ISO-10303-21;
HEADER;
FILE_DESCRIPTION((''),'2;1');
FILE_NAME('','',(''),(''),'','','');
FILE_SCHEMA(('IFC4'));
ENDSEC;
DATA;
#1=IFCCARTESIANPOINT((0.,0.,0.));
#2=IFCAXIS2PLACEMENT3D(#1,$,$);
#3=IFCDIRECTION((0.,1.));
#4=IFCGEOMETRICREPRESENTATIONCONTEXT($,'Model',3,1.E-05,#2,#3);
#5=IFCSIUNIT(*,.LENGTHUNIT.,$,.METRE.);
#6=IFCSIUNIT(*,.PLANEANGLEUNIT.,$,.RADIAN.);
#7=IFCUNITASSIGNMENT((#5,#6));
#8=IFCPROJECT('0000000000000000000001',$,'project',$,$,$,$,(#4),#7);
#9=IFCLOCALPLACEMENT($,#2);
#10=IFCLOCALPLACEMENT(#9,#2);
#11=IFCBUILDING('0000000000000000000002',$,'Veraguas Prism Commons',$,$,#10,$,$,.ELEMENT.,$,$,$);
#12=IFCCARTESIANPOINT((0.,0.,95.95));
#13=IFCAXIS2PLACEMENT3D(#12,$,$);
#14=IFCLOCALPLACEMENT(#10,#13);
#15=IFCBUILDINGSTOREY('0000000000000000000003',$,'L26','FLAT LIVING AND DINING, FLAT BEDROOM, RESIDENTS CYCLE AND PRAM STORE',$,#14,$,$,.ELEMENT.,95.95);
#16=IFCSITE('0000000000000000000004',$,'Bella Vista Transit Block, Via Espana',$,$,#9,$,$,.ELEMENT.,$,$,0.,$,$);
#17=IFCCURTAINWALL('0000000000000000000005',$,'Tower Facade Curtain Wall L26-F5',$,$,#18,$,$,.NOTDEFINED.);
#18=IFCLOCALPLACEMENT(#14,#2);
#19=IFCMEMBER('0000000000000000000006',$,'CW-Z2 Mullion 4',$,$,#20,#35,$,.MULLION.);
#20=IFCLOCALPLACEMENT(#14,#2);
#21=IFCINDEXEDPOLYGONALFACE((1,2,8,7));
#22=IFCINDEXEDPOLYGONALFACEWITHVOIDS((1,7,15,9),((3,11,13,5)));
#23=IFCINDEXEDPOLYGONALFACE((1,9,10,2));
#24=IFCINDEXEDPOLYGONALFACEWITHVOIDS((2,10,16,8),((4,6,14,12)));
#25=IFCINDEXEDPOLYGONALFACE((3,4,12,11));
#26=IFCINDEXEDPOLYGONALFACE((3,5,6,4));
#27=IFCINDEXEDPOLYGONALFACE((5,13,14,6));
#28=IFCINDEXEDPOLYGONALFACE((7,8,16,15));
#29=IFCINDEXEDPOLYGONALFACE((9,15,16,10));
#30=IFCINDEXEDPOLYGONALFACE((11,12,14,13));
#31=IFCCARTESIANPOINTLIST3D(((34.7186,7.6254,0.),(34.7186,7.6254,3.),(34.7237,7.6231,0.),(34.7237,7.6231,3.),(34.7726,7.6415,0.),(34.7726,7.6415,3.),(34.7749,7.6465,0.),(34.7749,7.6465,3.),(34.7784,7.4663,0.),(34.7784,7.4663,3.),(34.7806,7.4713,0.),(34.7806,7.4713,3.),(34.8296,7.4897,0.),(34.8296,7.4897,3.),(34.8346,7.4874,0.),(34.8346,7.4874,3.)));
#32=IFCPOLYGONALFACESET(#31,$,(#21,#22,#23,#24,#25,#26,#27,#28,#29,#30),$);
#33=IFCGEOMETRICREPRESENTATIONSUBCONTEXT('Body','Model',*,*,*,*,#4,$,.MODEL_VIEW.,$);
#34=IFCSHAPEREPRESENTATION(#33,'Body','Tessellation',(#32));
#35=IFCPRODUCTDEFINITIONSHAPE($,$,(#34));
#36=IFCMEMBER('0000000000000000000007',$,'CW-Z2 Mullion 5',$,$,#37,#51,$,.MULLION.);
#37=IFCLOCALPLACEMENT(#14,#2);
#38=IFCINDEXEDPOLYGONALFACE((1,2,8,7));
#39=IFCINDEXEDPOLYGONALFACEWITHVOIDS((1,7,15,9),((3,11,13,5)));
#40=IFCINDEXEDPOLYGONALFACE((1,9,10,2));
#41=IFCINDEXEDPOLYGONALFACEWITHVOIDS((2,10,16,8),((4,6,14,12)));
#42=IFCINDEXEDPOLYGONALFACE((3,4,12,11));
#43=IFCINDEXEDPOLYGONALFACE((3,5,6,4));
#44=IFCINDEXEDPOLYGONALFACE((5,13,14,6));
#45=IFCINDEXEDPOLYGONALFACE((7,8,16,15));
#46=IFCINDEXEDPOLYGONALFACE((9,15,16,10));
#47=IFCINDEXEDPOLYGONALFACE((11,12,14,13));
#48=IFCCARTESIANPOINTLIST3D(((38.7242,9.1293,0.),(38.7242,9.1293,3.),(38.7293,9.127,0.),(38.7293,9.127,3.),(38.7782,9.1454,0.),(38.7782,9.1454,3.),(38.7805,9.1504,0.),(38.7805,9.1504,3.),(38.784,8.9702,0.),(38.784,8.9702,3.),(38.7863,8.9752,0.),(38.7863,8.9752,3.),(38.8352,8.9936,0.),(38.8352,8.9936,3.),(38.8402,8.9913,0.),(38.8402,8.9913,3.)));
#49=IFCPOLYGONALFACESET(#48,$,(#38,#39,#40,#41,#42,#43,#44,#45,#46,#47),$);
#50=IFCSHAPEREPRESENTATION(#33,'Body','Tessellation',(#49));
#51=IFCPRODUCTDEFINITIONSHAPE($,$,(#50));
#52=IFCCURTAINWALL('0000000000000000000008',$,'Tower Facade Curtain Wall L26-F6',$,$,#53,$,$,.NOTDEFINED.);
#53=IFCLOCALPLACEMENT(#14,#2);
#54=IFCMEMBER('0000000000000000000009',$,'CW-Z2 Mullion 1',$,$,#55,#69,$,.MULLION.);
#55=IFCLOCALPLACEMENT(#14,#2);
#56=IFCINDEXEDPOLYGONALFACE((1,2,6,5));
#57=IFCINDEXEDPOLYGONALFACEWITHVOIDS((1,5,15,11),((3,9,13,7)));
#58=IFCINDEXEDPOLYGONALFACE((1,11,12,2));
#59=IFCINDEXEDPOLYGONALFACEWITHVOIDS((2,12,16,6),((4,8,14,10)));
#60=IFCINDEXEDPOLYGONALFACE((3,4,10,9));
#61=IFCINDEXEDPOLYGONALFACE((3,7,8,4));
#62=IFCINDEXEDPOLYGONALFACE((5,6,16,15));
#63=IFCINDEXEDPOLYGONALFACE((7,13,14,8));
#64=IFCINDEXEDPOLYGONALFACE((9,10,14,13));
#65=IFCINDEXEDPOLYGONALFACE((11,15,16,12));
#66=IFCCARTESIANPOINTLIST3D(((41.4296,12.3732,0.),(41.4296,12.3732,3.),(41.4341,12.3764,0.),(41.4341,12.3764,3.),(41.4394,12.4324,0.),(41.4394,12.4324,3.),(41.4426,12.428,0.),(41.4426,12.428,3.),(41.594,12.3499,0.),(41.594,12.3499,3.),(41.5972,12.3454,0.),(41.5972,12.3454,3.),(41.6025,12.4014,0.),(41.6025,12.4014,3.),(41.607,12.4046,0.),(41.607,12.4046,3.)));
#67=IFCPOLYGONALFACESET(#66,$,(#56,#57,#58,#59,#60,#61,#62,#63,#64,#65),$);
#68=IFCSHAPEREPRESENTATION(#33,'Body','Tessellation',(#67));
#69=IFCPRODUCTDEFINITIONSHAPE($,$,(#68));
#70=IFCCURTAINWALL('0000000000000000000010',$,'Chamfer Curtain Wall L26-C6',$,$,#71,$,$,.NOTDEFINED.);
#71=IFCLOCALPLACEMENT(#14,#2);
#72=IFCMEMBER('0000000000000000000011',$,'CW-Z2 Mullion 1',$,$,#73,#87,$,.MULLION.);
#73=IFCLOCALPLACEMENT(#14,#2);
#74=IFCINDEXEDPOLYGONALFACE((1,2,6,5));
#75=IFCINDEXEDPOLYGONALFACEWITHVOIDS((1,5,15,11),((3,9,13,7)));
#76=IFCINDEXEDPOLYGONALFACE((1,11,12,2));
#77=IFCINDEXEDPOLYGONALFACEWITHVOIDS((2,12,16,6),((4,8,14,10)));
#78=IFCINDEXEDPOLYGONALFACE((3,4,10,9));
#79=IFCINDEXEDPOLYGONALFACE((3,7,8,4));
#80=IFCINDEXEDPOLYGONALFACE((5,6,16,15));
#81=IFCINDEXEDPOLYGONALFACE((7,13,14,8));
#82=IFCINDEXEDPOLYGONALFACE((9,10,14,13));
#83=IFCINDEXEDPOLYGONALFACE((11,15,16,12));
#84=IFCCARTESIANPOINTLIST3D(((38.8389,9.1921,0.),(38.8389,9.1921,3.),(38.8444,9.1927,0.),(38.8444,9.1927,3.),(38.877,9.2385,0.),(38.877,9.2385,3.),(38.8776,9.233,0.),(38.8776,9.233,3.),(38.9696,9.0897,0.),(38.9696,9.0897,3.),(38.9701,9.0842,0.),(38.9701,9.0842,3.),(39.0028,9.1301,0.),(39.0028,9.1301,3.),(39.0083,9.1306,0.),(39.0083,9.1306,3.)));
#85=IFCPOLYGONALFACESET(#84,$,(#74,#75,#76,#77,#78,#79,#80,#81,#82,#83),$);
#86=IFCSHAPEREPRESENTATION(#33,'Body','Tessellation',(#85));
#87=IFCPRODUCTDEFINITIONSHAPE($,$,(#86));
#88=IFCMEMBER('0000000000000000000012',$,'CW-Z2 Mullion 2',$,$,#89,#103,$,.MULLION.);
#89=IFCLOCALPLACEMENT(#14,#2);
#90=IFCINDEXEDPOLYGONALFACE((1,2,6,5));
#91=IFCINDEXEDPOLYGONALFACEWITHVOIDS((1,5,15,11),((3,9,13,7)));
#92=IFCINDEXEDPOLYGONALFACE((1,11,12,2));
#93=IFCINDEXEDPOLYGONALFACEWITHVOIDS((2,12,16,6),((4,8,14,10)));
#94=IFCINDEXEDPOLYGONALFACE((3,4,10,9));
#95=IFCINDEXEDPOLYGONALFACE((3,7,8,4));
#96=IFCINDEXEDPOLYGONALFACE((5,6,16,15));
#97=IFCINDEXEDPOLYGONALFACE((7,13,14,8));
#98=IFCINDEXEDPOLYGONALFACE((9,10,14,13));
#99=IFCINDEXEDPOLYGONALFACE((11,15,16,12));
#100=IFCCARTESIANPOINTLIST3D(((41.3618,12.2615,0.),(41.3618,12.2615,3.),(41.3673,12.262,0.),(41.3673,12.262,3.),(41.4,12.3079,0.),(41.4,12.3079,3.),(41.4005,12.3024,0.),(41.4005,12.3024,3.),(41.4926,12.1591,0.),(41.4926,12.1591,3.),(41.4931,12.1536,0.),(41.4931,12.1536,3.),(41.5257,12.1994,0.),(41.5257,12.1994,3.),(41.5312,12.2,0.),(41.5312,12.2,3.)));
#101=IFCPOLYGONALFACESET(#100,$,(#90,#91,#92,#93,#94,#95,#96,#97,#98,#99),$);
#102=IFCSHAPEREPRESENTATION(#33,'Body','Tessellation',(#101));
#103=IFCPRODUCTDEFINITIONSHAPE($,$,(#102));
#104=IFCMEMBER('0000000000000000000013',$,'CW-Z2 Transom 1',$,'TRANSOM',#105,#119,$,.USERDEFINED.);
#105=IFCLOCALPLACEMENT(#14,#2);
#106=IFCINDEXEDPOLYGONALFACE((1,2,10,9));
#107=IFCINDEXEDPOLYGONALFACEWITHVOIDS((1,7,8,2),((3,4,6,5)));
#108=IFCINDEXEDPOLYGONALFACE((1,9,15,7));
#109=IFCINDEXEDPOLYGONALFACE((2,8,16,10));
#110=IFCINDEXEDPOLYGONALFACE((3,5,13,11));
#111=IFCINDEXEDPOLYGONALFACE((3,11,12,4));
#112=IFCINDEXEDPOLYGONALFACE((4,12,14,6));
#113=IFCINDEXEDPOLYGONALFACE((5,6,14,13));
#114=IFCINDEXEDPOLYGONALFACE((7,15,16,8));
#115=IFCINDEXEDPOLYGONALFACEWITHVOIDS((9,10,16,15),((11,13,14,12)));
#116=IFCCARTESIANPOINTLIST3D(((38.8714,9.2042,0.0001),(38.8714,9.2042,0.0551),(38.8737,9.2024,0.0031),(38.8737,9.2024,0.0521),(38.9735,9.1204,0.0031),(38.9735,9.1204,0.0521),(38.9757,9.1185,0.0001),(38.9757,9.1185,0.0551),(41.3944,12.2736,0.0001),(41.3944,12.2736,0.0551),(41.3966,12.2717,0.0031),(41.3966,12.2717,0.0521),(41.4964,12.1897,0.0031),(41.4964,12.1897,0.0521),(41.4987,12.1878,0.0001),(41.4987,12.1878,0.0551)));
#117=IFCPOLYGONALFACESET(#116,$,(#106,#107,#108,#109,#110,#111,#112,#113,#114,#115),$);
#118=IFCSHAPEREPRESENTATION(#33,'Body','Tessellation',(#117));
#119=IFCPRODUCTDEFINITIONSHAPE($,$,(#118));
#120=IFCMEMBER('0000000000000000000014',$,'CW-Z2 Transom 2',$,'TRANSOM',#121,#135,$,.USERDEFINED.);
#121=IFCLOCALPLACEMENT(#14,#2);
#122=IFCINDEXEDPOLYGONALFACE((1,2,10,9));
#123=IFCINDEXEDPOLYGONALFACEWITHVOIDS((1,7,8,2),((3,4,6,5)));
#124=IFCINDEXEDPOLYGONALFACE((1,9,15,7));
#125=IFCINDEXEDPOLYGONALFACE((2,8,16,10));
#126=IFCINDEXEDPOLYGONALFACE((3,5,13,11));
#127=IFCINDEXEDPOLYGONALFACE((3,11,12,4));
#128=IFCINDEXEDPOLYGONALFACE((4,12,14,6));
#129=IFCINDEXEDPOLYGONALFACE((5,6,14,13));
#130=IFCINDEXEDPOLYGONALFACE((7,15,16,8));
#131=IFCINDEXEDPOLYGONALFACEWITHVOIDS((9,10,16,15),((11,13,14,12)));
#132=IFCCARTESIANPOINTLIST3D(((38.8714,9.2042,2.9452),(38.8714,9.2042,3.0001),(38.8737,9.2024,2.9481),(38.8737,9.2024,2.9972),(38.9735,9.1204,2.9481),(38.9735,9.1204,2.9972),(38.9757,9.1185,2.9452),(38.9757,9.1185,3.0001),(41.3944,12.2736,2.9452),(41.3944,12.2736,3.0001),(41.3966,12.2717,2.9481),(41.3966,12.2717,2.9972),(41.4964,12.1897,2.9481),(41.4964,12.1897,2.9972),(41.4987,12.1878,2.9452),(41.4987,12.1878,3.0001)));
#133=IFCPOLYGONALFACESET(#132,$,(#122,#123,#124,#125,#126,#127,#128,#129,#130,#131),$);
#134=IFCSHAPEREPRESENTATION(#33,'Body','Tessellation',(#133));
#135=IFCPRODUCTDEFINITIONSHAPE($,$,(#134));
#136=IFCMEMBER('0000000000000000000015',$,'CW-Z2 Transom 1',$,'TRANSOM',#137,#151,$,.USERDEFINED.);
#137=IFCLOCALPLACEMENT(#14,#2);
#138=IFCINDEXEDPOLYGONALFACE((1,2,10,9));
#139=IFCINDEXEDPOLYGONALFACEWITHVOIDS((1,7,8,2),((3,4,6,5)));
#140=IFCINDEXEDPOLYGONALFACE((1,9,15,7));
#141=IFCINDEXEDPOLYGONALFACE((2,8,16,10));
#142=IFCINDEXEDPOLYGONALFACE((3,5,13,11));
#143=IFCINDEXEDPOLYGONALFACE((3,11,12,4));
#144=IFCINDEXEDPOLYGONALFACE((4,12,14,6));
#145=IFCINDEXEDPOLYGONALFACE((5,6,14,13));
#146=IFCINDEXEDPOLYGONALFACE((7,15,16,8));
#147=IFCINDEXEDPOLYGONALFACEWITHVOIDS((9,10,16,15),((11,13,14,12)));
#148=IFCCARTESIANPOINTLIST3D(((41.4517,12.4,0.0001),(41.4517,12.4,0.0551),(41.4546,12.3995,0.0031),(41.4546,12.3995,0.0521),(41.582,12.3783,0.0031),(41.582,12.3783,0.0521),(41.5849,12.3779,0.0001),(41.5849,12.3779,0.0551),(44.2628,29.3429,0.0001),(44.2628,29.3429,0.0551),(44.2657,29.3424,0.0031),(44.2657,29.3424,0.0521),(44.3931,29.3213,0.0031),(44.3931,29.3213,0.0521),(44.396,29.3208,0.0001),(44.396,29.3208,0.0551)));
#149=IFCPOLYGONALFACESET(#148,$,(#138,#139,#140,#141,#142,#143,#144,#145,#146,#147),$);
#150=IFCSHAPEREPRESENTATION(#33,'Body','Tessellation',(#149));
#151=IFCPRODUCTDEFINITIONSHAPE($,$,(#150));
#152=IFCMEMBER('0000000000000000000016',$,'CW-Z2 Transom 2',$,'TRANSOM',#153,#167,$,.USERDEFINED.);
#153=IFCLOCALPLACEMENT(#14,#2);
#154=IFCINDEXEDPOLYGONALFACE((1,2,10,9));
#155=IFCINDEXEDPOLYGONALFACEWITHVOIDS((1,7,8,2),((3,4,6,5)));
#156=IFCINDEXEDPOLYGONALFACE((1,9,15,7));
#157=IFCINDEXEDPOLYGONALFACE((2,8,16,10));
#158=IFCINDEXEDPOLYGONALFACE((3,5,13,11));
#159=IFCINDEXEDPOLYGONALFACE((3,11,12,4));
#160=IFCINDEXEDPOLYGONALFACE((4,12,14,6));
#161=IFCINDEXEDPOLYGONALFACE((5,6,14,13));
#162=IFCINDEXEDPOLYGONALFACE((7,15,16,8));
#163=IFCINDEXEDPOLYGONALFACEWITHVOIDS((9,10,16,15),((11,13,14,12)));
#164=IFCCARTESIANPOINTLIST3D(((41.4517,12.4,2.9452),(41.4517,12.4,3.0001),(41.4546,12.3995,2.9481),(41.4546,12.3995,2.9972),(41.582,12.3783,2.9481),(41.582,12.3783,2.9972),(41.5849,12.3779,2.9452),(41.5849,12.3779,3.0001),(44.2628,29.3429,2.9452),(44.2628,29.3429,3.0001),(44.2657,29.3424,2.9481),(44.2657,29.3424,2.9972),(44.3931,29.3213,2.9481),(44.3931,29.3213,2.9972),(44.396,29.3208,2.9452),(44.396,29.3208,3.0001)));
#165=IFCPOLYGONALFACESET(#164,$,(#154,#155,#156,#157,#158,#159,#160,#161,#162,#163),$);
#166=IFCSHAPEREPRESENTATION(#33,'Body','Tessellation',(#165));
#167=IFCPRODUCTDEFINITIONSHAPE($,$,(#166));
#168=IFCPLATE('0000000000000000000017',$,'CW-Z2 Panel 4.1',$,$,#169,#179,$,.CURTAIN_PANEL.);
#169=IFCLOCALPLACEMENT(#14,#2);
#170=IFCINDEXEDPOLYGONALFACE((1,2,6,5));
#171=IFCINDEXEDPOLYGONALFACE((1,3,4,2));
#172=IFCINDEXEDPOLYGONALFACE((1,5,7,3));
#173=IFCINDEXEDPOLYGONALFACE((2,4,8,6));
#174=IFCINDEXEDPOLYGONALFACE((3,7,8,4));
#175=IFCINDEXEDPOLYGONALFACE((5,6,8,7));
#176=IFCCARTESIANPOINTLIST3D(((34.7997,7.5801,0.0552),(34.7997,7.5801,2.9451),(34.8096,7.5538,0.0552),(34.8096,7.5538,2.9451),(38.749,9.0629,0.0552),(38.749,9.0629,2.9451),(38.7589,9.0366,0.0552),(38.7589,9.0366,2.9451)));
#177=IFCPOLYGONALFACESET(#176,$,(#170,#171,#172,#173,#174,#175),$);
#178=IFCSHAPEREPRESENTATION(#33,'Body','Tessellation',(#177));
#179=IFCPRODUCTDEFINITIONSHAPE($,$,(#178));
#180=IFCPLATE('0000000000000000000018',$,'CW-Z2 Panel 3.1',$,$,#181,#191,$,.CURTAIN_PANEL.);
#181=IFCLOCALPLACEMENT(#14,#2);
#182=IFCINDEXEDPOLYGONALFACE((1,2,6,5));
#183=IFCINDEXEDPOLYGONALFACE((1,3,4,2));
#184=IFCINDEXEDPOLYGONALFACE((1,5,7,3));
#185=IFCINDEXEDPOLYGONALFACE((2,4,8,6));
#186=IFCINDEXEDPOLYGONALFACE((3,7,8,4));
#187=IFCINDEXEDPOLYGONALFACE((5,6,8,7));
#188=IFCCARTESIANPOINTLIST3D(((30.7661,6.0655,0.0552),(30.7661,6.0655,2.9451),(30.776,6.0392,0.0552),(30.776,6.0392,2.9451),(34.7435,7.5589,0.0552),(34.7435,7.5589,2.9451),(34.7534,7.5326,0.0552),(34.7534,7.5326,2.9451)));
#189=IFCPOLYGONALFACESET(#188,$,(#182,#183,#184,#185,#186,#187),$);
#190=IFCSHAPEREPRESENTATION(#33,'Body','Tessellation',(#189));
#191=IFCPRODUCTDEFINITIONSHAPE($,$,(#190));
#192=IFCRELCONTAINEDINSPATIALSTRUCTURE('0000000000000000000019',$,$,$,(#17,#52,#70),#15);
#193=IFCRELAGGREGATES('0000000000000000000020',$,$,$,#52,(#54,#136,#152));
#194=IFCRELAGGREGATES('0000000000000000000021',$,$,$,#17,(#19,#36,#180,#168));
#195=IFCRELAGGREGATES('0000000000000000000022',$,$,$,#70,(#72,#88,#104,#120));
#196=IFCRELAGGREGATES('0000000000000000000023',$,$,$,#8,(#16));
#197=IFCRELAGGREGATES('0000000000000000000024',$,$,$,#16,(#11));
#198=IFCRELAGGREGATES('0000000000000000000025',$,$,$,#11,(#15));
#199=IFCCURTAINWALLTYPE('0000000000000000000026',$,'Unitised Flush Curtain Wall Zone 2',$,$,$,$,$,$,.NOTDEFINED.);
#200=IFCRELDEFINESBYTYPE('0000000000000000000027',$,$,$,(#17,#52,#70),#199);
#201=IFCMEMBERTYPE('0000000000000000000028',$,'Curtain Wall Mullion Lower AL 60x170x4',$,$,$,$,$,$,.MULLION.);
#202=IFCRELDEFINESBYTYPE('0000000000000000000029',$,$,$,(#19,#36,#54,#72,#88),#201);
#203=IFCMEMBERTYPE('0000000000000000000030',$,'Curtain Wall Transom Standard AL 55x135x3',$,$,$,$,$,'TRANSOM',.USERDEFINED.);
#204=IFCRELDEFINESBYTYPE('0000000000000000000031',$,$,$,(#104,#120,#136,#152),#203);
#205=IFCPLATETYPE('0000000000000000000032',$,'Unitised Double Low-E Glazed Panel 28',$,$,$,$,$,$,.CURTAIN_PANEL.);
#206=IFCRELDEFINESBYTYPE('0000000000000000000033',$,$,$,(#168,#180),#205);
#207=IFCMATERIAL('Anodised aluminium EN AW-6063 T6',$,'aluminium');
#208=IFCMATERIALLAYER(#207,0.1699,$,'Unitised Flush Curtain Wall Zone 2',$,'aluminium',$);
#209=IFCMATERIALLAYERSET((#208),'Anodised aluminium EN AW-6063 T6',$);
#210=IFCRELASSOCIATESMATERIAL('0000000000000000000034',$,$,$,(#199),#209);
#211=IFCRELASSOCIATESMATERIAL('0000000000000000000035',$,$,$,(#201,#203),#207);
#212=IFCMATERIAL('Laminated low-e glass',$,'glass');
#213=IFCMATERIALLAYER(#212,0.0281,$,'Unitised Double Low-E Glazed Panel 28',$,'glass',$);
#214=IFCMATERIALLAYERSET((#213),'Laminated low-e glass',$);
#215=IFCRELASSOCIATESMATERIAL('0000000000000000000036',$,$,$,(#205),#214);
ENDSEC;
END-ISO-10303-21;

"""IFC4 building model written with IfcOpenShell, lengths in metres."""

from ifc_helpers import new_model, si_unit, direction, frame, origin, origin_2d, place, context, subcontext, project, spatial, rectangle, hollow_rectangle, extrude, source, transform, mapped, material, layer, layer_set, material_profile, profile_set, type_object, element, aggregate, save


model = new_model("IFC4")

# Units and contexts
model_context = context("Model", 3, precision=1e-05, world=origin(), true_north=direction((0.0, 1.0)))
body_context = subcontext(model_context, "Body", "Model", "MODEL_VIEW")
ifc_project = project(units=[si_unit("LENGTHUNIT", "METRE"), si_unit("PLANEANGLEUNIT", "RADIAN")], contexts=[model_context])

# Site, building, storey
site_placement = place(None, origin())
site = spatial("IfcSite", under=ifc_project, at=site_placement, Name="Bella Vista Transit Block, Via Espana", CompositionType="ELEMENT", RefElevation=0.0)
building_placement = place(site_placement, origin())
building = spatial("IfcBuilding", under=site, at=building_placement, Name="Veraguas Prism Commons", CompositionType="ELEMENT")
storey_placement = place(building_placement, frame((0.0, 0.0, 95.95)))
storey = spatial("IfcBuildingStorey", under=building, at=storey_placement, Name="L26", Description="FLAT LIVING AND DINING, FLAT BEDROOM, RESIDENTS CYCLE AND PRAM STORE", CompositionType="ELEMENT", Elevation=95.95)

# Curtain wall, members
ifc_material_1 = material(Name="Anodised aluminium EN AW-6063 T6", Category="aluminium")
ifc_layer_1 = layer(ifc_material_1, 0.1699, Name="Unitised Flush Curtain Wall Zone 2", Category="aluminium")
ifc_layer_set_1 = layer_set([ifc_layer_1], Name="Anodised aluminium EN AW-6063 T6")
curtain_wall_type = type_object("IfcCurtainWallType", Name="Unitised Flush Curtain Wall Zone 2", PredefinedType="NOTDEFINED", material=ifc_layer_set_1)
curtain_wall_1_placement = place(storey_placement, origin())
curtain_wall_1 = element("IfcCurtainWall", 1, at=curtain_wall_1_placement, inside=storey, type_object=curtain_wall_type, Name="Tower Facade Curtain Wall L26-F5", PredefinedType="NOTDEFINED")
ifc_material_profile_1 = material_profile(ifc_material_1, hollow_rectangle(XDim=0.0601, YDim=0.1699, WallThickness=0.0039, at=origin_2d()), Name="AL60X170X4")
ifc_profile_set_1 = profile_set([ifc_material_profile_1], Name="Anodised aluminium EN AW-6063 T6")
member_type_1 = type_object("IfcMemberType", Name="Curtain Wall Mullion Lower AL 60x170x4", PredefinedType="MULLION", material=ifc_profile_set_1)
shared_shape_1 = source(origin(), body_context, "Body", "SweptSolid", [
    extrude(hollow_rectangle(XDim=0.0601, YDim=0.1699, WallThickness=0.0039, at=origin_2d()), origin(), (0.0, 0.0, 1.0), 3.0),
])
member_1_placement = place(storey_placement, frame((34.7766, 7.5564, 0.0), z_axis=(0.0, 0.0, 1.0), x_axis=(0.936183, 0.351513, 0.0)))
member_1 = element("IfcMember", 2, at=member_1_placement, type_object=member_type_1, Name="CW-Z2 Mullion 4", PredefinedType="MULLION", context=body_context, shape_type="MappedRepresentation", body=[
    mapped(shared_shape_1, transform((0.0, 0.0, 0.0), scale=1.0)),
])
member_2_placement = place(storey_placement, frame((38.7822, 9.0603, 0.0), z_axis=(0.0, 0.0, 1.0), x_axis=(0.936183, 0.351513, 0.0)))
member_2 = element("IfcMember", 3, at=member_2_placement, type_object=member_type_1, Name="CW-Z2 Mullion 5", PredefinedType="MULLION", context=body_context, shape_type="MappedRepresentation", body=[
    mapped(shared_shape_1, transform((0.0, 0.0, 0.0), scale=1.0)),
])

# Curtain wall, member
curtain_wall_2_placement = place(storey_placement, origin())
curtain_wall_2 = element("IfcCurtainWall", 4, at=curtain_wall_2_placement, inside=storey, type_object=curtain_wall_type, Name="Tower Facade Curtain Wall L26-F6", PredefinedType="NOTDEFINED")
member_3_placement = place(storey_placement, frame((41.5183, 12.3889, 0.0), z_axis=(0.0, 0.0, 1.0), x_axis=(0.163672, 0.986515, 0.0)))
member_3 = element("IfcMember", 5, at=member_3_placement, type_object=member_type_1, Name="CW-Z2 Mullion 1", PredefinedType="MULLION", context=body_context, shape_type="MappedRepresentation", body=[
    mapped(shared_shape_1, transform((0.0, 0.0, 0.0), scale=1.0)),
])

# Curtain wall, members
curtain_wall_3_placement = place(storey_placement, origin())
curtain_wall_3 = element("IfcCurtainWall", 6, at=curtain_wall_3_placement, inside=storey, type_object=curtain_wall_type, Name="Chamfer Curtain Wall L26-C6", PredefinedType="NOTDEFINED")
member_4_placement = place(storey_placement, frame((38.9236, 9.1614, 0.0), z_axis=(0.0, 0.0, 1.0), x_axis=(0.635012, 0.772502, 0.0)))
member_4 = element("IfcMember", 7, at=member_4_placement, type_object=member_type_1, Name="CW-Z2 Mullion 1", PredefinedType="MULLION", context=body_context, shape_type="MappedRepresentation", body=[
    mapped(shared_shape_1, transform((0.0, 0.0, 0.0), scale=1.0)),
])
member_5_placement = place(storey_placement, frame((41.4465, 12.2307, 0.0), z_axis=(0.0, 0.0, 1.0), x_axis=(0.635012, 0.772502, 0.0)))
member_5 = element("IfcMember", 8, at=member_5_placement, type_object=member_type_1, Name="CW-Z2 Mullion 2", PredefinedType="MULLION", context=body_context, shape_type="MappedRepresentation", body=[
    mapped(shared_shape_1, transform((0.0, 0.0, 0.0), scale=1.0)),
])
ifc_material_profile_2 = material_profile(ifc_material_1, hollow_rectangle(XDim=0.0549, YDim=0.135, WallThickness=0.0029, at=origin_2d()), Name="AL55X135X3")
ifc_profile_set_2 = profile_set([ifc_material_profile_2], Name="Anodised aluminium EN AW-6063 T6")
member_type_2 = type_object("IfcMemberType", Name="Curtain Wall Transom Standard AL 55x135x3", ElementType="TRANSOM", PredefinedType="USERDEFINED", material=ifc_profile_set_2)
shared_shape_2 = source(origin(), body_context, "Body", "SweptSolid", [
    extrude(hollow_rectangle(XDim=0.0549, YDim=0.135, WallThickness=0.0029, at=origin_2d()), origin(), (0.0, 0.0, 1.0), 3.9731),
])
member_6_placement = place(storey_placement, frame((38.9236, 9.1614, 0.0276), z_axis=(0.634996, 0.772515, 0.0), x_axis=(0.0, 0.0, 1.0)))
member_6 = element("IfcMember", 9, at=member_6_placement, type_object=member_type_2, Name="CW-Z2 Transom 1", ObjectType="TRANSOM", PredefinedType="USERDEFINED", context=body_context, shape_type="MappedRepresentation", body=[
    mapped(shared_shape_2, transform((0.0, 0.0, 0.0), scale=1.0)),
])
member_7_placement = place(storey_placement, frame((38.9236, 9.1614, 2.9727), z_axis=(0.634996, 0.772515, 0.0), x_axis=(0.0, 0.0, 1.0)))
member_7 = element("IfcMember", 10, at=member_7_placement, type_object=member_type_2, Name="CW-Z2 Transom 2", ObjectType="TRANSOM", PredefinedType="USERDEFINED", context=body_context, shape_type="MappedRepresentation", body=[
    mapped(shared_shape_2, transform((0.0, 0.0, 0.0), scale=1.0)),
])

# Members
shared_shape_3 = source(origin(), body_context, "Body", "SweptSolid", [
    extrude(hollow_rectangle(XDim=0.0549, YDim=0.135, WallThickness=0.0029, at=origin_2d()), origin(), (0.0, 0.0, 1.0), 17.1746),
])
member_8_placement = place(storey_placement, frame((41.5183, 12.3889, 0.0276), z_axis=(0.163675, 0.986514, 0.0), x_axis=(0.0, 0.0, 1.0)))
member_8 = element("IfcMember", 11, at=member_8_placement, type_object=member_type_2, Name="CW-Z2 Transom 1", ObjectType="TRANSOM", PredefinedType="USERDEFINED", context=body_context, shape_type="MappedRepresentation", body=[
    mapped(shared_shape_3, transform((0.0, 0.0, 0.0), scale=1.0)),
])
member_9_placement = place(storey_placement, frame((41.5183, 12.3889, 2.9727), z_axis=(0.163675, 0.986514, 0.0), x_axis=(0.0, 0.0, 1.0)))
member_9 = element("IfcMember", 12, at=member_9_placement, type_object=member_type_2, Name="CW-Z2 Transom 2", ObjectType="TRANSOM", PredefinedType="USERDEFINED", context=body_context, shape_type="MappedRepresentation", body=[
    mapped(shared_shape_3, transform((0.0, 0.0, 0.0), scale=1.0)),
])
aggregate(curtain_wall_2, [member_3, member_8, member_9])

# Plates
ifc_material_2 = material(Name="Laminated low-e glass", Category="glass")
ifc_layer_2 = layer(ifc_material_2, 0.0281, Name="Unitised Double Low-E Glazed Panel 28", Category="glass")
ifc_layer_set_2 = layer_set([ifc_layer_2], Name="Laminated low-e glass")
plate_type = type_object("IfcPlateType", Name="Unitised Double Low-E Glazed Panel 28", PredefinedType="CURTAIN_PANEL", material=ifc_layer_set_2)
shared_shape_4 = source(origin(), body_context, "Body", "SweptSolid", [
    extrude(rectangle(XDim=4.2185, YDim=0.0281, at=origin_2d()), origin(), (0.0, 0.0, 1.0), 2.8899),
])
plate_1_placement = place(storey_placement, frame((36.7793, 8.3083, 0.0552), z_axis=(0.0, 0.0, 1.0), x_axis=(0.936183, 0.351513, 0.0)))
plate_1 = element("IfcPlate", 13, at=plate_1_placement, type_object=plate_type, Name="CW-Z2 Panel 4.1", PredefinedType="CURTAIN_PANEL", context=body_context, shape_type="MappedRepresentation", body=[
    mapped(shared_shape_4, transform((0.0, 0.0, 0.0), scale=1.0)),
])
shared_shape_5 = source(origin(), body_context, "Body", "SweptSolid", [
    extrude(rectangle(XDim=4.2485, YDim=0.0281, at=origin_2d()), origin(), (0.0, 0.0, 1.0), 2.8899),
])
plate_2_placement = place(storey_placement, frame((32.7598, 6.7991, 0.0552), z_axis=(0.0, 0.0, 1.0), x_axis=(0.936183, 0.351513, 0.0)))
plate_2 = element("IfcPlate", 14, at=plate_2_placement, type_object=plate_type, Name="CW-Z2 Panel 3.1", PredefinedType="CURTAIN_PANEL", context=body_context, shape_type="MappedRepresentation", body=[
    mapped(shared_shape_5, transform((0.0, 0.0, 0.0), scale=1.0)),
])
aggregate(curtain_wall_1, [member_1, member_2, plate_2, plate_1])
aggregate(curtain_wall_3, [member_4, member_5, member_6, member_7])

save(model, "model.ifc")
